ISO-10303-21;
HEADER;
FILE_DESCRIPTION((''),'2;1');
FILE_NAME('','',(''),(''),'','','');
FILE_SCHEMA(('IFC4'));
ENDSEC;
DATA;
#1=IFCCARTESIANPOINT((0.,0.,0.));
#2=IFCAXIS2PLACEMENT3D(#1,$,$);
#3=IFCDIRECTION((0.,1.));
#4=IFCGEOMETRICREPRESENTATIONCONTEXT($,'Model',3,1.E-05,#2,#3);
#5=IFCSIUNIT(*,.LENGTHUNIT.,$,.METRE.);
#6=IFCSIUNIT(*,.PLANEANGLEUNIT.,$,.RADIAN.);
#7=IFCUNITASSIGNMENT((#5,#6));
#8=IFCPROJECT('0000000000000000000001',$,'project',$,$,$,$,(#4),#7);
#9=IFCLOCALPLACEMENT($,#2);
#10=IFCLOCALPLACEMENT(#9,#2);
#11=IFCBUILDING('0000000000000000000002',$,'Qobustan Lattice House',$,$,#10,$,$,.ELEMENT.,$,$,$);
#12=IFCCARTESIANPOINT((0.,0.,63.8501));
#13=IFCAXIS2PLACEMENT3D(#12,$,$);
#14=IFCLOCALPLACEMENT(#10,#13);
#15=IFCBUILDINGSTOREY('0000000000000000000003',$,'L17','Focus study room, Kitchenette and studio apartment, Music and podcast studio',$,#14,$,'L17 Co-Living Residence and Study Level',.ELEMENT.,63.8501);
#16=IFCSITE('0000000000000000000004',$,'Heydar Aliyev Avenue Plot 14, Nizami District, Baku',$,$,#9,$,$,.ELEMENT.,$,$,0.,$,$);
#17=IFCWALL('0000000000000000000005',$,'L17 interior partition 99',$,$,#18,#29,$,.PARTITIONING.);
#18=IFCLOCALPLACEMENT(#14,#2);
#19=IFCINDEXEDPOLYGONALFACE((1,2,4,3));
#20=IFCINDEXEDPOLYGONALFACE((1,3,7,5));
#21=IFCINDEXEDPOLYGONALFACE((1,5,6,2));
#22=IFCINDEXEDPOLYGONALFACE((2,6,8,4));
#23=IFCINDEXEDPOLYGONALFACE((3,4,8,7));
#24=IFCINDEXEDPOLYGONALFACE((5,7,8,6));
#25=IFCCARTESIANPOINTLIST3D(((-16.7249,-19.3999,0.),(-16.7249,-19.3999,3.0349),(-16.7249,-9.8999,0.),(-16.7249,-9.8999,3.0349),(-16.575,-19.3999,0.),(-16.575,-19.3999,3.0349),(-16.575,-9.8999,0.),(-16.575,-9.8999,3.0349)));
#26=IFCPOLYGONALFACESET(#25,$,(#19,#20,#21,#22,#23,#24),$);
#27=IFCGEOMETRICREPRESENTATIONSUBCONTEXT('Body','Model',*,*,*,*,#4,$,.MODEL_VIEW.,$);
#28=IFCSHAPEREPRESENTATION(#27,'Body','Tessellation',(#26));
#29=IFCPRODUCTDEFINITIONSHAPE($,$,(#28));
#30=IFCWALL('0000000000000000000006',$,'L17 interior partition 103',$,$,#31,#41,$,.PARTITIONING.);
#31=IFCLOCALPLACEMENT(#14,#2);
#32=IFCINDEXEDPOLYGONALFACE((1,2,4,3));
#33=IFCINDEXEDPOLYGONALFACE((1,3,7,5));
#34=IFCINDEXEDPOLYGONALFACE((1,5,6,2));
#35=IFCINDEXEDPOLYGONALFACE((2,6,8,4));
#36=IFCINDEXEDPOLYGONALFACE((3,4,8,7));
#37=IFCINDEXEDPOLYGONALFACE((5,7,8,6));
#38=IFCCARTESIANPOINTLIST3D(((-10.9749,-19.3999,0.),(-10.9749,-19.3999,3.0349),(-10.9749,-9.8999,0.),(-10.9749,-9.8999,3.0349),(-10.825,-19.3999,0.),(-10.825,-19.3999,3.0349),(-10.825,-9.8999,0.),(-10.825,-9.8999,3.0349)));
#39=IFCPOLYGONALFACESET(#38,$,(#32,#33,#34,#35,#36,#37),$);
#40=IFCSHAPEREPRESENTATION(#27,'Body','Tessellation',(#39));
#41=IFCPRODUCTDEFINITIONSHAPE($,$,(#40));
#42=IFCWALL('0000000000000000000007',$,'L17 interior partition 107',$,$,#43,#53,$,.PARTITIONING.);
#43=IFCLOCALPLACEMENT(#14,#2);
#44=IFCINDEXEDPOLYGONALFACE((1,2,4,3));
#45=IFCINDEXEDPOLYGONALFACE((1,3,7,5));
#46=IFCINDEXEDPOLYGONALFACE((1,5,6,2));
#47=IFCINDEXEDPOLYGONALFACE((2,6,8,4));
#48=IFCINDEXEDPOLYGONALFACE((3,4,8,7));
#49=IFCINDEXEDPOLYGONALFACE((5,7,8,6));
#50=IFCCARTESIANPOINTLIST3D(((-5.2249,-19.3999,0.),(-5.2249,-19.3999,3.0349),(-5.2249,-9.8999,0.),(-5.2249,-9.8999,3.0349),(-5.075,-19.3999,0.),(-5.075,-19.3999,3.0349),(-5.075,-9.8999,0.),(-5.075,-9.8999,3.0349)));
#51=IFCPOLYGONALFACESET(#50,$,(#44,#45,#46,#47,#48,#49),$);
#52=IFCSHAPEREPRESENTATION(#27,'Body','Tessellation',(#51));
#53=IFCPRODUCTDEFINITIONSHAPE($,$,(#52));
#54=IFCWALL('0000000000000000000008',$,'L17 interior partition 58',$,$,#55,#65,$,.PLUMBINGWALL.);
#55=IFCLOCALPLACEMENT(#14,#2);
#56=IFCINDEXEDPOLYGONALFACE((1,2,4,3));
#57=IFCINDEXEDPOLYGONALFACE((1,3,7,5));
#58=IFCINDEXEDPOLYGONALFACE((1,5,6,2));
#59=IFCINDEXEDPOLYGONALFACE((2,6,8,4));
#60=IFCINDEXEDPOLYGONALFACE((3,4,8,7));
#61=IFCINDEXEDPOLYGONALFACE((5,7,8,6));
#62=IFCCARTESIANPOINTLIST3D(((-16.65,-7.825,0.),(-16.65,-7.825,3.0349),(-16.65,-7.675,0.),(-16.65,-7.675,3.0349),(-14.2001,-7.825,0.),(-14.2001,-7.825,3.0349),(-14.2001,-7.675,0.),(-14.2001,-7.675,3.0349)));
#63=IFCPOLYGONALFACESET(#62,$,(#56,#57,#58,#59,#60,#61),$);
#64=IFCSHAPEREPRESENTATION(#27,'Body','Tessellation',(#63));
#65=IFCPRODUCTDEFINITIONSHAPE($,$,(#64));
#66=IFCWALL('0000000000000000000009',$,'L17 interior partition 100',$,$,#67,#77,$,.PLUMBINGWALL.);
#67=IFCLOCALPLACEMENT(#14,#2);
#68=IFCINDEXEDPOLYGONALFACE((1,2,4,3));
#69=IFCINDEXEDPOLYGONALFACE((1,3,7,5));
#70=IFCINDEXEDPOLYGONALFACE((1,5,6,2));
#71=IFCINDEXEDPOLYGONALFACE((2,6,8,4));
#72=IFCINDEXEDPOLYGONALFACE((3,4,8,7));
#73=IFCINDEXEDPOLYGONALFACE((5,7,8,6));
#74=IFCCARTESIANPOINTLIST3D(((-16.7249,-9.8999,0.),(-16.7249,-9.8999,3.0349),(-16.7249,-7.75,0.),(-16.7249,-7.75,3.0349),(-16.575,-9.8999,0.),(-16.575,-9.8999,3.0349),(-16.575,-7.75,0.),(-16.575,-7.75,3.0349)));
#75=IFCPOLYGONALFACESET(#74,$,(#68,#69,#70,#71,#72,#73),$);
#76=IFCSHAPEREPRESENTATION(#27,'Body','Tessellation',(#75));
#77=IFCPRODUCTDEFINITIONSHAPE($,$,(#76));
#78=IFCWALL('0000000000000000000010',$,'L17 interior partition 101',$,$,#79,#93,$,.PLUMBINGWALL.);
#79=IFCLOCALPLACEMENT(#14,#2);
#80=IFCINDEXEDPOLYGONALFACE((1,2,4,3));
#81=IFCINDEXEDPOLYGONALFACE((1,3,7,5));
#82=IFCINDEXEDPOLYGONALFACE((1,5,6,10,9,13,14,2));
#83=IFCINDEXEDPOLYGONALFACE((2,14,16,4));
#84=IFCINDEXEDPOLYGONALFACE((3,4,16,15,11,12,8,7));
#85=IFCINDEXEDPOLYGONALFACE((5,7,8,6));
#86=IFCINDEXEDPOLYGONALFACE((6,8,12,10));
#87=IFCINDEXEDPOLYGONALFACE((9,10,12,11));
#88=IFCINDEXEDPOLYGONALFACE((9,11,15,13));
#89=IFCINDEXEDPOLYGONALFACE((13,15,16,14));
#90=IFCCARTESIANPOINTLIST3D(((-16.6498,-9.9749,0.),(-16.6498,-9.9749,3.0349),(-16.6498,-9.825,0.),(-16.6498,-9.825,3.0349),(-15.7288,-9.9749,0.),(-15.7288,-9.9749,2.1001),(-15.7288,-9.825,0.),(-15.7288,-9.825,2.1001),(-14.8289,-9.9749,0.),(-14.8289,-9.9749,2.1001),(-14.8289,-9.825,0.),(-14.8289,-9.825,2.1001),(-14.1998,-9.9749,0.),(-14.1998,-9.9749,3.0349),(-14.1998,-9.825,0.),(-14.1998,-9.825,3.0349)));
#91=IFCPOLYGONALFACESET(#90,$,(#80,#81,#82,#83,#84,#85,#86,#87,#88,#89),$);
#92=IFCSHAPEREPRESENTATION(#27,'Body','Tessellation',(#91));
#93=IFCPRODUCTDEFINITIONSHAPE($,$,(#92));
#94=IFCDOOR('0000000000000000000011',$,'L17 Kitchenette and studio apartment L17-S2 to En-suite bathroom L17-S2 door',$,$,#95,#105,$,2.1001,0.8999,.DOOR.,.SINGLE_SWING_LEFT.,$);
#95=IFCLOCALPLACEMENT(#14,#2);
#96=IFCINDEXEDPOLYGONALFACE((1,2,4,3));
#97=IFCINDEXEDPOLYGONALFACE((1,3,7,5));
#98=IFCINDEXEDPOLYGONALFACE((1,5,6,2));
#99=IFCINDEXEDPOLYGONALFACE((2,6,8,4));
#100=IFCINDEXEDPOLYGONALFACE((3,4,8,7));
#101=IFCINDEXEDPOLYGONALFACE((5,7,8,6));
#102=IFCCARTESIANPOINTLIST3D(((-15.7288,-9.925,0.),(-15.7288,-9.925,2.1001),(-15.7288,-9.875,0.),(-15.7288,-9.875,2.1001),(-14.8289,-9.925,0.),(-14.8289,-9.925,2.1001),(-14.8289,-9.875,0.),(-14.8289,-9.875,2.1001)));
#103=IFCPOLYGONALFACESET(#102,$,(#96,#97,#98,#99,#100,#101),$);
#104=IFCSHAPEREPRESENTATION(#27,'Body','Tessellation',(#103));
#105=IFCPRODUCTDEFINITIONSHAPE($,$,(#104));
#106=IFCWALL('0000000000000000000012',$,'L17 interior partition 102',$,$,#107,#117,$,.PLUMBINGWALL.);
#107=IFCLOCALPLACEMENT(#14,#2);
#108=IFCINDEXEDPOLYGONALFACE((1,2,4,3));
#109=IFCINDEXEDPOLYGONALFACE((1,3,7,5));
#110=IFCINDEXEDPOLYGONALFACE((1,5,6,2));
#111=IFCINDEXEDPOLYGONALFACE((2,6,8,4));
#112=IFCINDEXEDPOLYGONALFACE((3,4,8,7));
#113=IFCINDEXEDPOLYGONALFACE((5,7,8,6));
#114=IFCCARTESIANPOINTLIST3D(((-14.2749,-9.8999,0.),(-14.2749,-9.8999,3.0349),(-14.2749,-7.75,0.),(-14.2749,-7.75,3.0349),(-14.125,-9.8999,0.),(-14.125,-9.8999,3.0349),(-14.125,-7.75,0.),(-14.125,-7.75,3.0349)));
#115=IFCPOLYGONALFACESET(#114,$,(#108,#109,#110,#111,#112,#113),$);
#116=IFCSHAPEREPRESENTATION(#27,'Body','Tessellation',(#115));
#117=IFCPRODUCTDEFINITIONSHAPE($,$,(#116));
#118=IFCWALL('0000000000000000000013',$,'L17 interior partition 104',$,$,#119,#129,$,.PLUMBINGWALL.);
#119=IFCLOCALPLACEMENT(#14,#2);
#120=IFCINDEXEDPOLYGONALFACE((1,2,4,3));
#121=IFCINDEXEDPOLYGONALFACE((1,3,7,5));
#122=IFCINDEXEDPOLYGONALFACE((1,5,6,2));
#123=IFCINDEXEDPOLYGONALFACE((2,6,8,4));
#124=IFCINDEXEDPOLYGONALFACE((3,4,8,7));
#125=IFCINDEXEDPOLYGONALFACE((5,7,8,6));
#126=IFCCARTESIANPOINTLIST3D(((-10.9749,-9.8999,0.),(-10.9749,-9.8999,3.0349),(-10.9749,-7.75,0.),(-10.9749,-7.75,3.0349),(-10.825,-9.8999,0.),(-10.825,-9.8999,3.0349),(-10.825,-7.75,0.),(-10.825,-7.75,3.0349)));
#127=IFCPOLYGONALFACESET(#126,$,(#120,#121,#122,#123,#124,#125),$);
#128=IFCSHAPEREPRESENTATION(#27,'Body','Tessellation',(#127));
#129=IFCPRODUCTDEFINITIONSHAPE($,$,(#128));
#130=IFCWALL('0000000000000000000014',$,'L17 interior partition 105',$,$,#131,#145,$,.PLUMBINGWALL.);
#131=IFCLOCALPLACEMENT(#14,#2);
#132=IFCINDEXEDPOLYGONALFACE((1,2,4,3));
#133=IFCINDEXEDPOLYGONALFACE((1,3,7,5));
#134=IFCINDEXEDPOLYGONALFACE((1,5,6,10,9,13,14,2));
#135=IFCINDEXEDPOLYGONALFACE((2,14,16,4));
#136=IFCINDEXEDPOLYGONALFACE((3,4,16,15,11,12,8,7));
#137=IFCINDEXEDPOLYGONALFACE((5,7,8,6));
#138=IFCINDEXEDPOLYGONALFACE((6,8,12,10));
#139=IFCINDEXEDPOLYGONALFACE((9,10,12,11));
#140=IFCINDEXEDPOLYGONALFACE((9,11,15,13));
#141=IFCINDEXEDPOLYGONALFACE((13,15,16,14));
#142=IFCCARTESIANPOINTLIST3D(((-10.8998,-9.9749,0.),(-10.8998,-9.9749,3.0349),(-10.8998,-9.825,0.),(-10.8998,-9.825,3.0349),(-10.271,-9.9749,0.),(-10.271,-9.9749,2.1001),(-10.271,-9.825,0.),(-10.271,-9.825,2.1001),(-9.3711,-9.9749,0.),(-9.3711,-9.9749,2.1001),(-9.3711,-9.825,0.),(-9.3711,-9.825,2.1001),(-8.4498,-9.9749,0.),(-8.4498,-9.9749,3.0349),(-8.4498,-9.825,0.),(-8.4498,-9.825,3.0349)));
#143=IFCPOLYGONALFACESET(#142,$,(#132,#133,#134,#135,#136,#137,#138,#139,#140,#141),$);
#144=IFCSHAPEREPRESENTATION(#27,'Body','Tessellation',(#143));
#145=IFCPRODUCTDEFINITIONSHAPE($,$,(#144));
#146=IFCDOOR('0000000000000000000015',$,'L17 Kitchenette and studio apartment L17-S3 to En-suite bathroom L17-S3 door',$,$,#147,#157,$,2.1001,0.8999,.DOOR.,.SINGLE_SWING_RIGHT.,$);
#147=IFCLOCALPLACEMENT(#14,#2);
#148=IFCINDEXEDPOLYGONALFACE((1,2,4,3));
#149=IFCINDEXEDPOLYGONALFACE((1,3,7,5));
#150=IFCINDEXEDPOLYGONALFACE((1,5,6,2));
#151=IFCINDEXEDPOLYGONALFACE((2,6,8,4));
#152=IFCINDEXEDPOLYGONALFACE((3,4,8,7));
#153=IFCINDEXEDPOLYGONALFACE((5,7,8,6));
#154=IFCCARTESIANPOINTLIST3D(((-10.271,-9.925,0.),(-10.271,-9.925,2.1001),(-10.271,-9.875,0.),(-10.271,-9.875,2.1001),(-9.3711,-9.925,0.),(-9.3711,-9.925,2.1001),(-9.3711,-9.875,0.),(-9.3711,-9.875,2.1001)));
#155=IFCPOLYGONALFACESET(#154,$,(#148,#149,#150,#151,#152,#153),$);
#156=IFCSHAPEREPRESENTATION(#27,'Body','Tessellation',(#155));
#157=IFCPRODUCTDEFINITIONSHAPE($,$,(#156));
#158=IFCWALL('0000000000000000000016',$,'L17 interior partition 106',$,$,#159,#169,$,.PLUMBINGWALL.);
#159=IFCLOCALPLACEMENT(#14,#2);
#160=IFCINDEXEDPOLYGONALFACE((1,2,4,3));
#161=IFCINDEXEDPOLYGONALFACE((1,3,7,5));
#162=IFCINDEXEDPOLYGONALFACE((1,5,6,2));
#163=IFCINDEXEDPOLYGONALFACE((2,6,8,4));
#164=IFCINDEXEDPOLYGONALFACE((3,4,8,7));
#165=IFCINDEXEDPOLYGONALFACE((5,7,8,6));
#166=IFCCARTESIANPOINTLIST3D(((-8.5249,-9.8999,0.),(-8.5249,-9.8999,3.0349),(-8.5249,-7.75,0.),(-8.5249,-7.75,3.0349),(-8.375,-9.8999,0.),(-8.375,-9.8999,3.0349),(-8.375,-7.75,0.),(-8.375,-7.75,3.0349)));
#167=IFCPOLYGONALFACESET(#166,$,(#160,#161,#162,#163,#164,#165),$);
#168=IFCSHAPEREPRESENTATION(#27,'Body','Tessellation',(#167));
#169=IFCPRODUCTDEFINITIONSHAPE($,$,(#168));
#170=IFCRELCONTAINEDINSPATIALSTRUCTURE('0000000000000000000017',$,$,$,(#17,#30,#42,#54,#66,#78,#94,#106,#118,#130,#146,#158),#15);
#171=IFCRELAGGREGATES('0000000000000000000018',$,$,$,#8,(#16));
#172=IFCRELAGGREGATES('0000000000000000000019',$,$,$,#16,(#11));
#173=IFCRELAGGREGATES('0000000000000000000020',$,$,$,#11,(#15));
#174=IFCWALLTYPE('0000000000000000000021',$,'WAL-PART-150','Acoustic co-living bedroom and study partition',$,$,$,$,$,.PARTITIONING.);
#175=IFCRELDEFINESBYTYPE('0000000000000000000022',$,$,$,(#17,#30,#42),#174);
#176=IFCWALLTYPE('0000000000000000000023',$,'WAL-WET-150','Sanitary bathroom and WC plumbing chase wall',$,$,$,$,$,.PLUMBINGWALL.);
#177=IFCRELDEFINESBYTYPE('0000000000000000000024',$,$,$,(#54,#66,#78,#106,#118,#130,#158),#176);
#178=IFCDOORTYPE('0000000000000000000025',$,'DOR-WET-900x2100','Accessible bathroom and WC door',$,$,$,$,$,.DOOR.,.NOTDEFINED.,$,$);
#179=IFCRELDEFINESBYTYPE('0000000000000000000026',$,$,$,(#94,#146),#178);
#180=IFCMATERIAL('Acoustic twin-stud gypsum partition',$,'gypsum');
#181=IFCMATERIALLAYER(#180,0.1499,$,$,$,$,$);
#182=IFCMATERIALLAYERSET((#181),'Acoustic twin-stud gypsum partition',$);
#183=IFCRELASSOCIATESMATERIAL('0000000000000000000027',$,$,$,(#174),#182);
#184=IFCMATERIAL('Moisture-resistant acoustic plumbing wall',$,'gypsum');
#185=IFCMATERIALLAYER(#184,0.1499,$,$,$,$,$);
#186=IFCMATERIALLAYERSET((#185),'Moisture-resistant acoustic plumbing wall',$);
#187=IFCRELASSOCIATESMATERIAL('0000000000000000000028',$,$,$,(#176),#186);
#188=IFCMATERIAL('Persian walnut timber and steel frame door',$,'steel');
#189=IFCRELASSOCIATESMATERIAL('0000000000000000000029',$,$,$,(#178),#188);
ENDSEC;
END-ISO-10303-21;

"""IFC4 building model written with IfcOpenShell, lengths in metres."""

from ifc_helpers import new_model, si_unit, direction, frame, frame_2d, origin, place, context, subcontext, project, spatial, rectangle, extrude, material, layer, layer_set, type_object, element, fill, save


model = new_model("IFC4")

# Units and contexts
model_context = context("Model", 3, precision=1e-05, world=origin(), true_north=direction((0.0, 1.0)))
body_context = subcontext(model_context, "Body", "Model", "MODEL_VIEW")
ifc_project = project(units=[si_unit("LENGTHUNIT", "METRE"), si_unit("PLANEANGLEUNIT", "RADIAN")], contexts=[model_context])

# Site, building, storey
site_placement = place(None, origin())
site = spatial("IfcSite", under=ifc_project, at=site_placement, Name="Heydar Aliyev Avenue Plot 14, Nizami District, Baku", CompositionType="ELEMENT", RefElevation=0.0)
building_placement = place(site_placement, origin())
building = spatial("IfcBuilding", under=site, at=building_placement, Name="Qobustan Lattice House", CompositionType="ELEMENT")
storey_placement = place(building_placement, frame((0.0, 0.0, 63.8501)))
storey = spatial("IfcBuildingStorey", under=building, at=storey_placement, Name="L17", Description="Focus study room, Kitchenette and studio apartment, Music and podcast studio", LongName="L17 Co-Living Residence and Study Level", CompositionType="ELEMENT", Elevation=63.8501)

# Shared definitions
ifc_material_1 = material(Name="Acoustic twin-stud gypsum partition", Category="gypsum")
ifc_layer_1 = layer(ifc_material_1, 0.1499)
ifc_layer_set_1 = layer_set([ifc_layer_1], Name="Acoustic twin-stud gypsum partition")
wall_type_1 = type_object("IfcWallType", Name="WAL-PART-150", Description="Acoustic co-living bedroom and study partition", PredefinedType="PARTITIONING", material=ifc_layer_set_1)

# Walls
for number, where, z_axis, x_axis, name in (
    (1, (-16.6499, -9.8999, 0.0), (0.0, 0.0, 1.0), (0.0, -1.0, 0.0), "L17 interior partition 99"),
    (2, (-10.8999, -9.8999, 0.0), (0.0, 0.0, 1.0), (0.0, -1.0, 0.0), "L17 interior partition 103"),
    (3, (-5.1499, -9.8999, 0.0), (0.0, 0.0, 1.0), (0.0, -1.0, 0.0), "L17 interior partition 107"),
):
    element("IfcWall", number, at=place(storey_placement, frame(where, z_axis=z_axis, x_axis=x_axis)), inside=storey, type_object=wall_type_1, Name=name, PredefinedType="PARTITIONING", context=body_context, shape_type="SweptSolid", body=[
        extrude(rectangle(XDim=9.5, YDim=0.1499, at=frame_2d((4.75, 0.0))), origin(), (0.0, 0.0, 1.0), 3.0349),
    ])
ifc_material_2 = material(Name="Moisture-resistant acoustic plumbing wall", Category="gypsum")
ifc_layer_2 = layer(ifc_material_2, 0.1499)
ifc_layer_set_2 = layer_set([ifc_layer_2], Name="Moisture-resistant acoustic plumbing wall")
wall_type_2 = type_object("IfcWallType", Name="WAL-WET-150", Description="Sanitary bathroom and WC plumbing chase wall", PredefinedType="PLUMBINGWALL", material=ifc_layer_set_2)
wall_1_placement = place(storey_placement, frame((-14.2, -7.75, 0.0), z_axis=(0.0, 0.0, 1.0), x_axis=(-1.0, 0.0, 0.0)))
element("IfcWall", 4, at=wall_1_placement, inside=storey, type_object=wall_type_2, Name="L17 interior partition 58", PredefinedType="PLUMBINGWALL", context=body_context, shape_type="SweptSolid", body=[
    extrude(rectangle(XDim=2.45, YDim=0.1499, at=frame_2d((1.2251, 0.0))), origin(), (0.0, 0.0, 1.0), 3.0349),
])
wall_2_placement = place(storey_placement, frame((-16.6499, -7.75, 0.0), z_axis=(0.0, 0.0, 1.0), x_axis=(0.0, -1.0, 0.0)))
element("IfcWall", 5, at=wall_2_placement, inside=storey, type_object=wall_type_2, Name="L17 interior partition 100", PredefinedType="PLUMBINGWALL", context=body_context, shape_type="SweptSolid", body=[
    extrude(rectangle(XDim=2.1499, YDim=0.1499, at=frame_2d((1.075, 0.0))), origin(), (0.0, 0.0, 1.0), 3.0349),
])

# Wall, opening, door
wall_3_placement = place(storey_placement, frame((-16.6499, -9.8999, 0.0), z_axis=(0.0, 0.0, 1.0), x_axis=(1.0, 0.0, 0.0)))
wall_3 = element("IfcWall", 6, at=wall_3_placement, inside=storey, type_object=wall_type_2, Name="L17 interior partition 101", PredefinedType="PLUMBINGWALL", context=body_context, shape_type="SweptSolid", body=[
    extrude(rectangle(XDim=2.45, YDim=0.1499, at=frame_2d((1.2251, 0.0))), origin(), (0.0, 0.0, 1.0), 3.0349),
])
opening_1_placement = place(wall_3_placement, frame((0.9211, 0.0, 0.0)))
opening_1 = element("IfcOpeningElement", 7, at=opening_1_placement, cuts=wall_3, PredefinedType="OPENING", context=body_context, shape_type="SweptSolid", body=[
    extrude(rectangle(XDim=0.8999, YDim=2.1001, at=frame_2d((0.45, 1.05))), frame((0.0, 0.085, 0.0), z_axis=(0.0, -1.0, 0.0), x_axis=(1.0, 0.0, 0.0)), (0.0, 0.0, 1.0), 0.1699),
])
ifc_material_3 = material(Name="Persian walnut timber and steel frame door", Category="steel")
door_type_1 = type_object("IfcDoorType", Name="DOR-WET-900x2100", Description="Accessible bathroom and WC door", OperationType="NOTDEFINED", PredefinedType="DOOR", material=ifc_material_3)
door_1_placement = place(opening_1_placement, origin())
door_1 = element("IfcDoor", 8, at=door_1_placement, inside=storey, type_object=door_type_1, Name="L17 Kitchenette and studio apartment L17-S2 to En-suite bathroom L17-S2 door", OperationType="SINGLE_SWING_LEFT", OverallHeight=2.1001, OverallWidth=0.8999, PredefinedType="DOOR", context=body_context, shape_type="SweptSolid", body=[
    extrude(rectangle(XDim=0.8999, YDim=2.1001, at=frame_2d((0.45, 1.05))), frame((0.0, 0.0249, 0.0), z_axis=(0.0, -1.0, 0.0), x_axis=(1.0, 0.0, 0.0)), (0.0, 0.0, 1.0), 0.05),
])
fill(opening_1, door_1)

# Walls
for number, where, z_axis, x_axis, name in (
    (9, (-14.2, -9.8999, 0.0), (0.0, 0.0, 1.0), (0.0, 1.0, 0.0), "L17 interior partition 102"),
    (10, (-10.8999, -7.75, 0.0), (0.0, 0.0, 1.0), (0.0, -1.0, 0.0), "L17 interior partition 104"),
):
    element("IfcWall", number, at=place(storey_placement, frame(where, z_axis=z_axis, x_axis=x_axis)), inside=storey, type_object=wall_type_2, Name=name, PredefinedType="PLUMBINGWALL", context=body_context, shape_type="SweptSolid", body=[
        extrude(rectangle(XDim=2.1499, YDim=0.1499, at=frame_2d((1.075, 0.0))), origin(), (0.0, 0.0, 1.0), 3.0349),
    ])

# Wall, opening, door
wall_4_placement = place(storey_placement, frame((-10.8999, -9.8999, 0.0), z_axis=(0.0, 0.0, 1.0), x_axis=(1.0, 0.0, 0.0)))
wall_4 = element("IfcWall", 11, at=wall_4_placement, inside=storey, type_object=wall_type_2, Name="L17 interior partition 105", PredefinedType="PLUMBINGWALL", context=body_context, shape_type="SweptSolid", body=[
    extrude(rectangle(XDim=2.45, YDim=0.1499, at=frame_2d((1.2251, 0.0))), origin(), (0.0, 0.0, 1.0), 3.0349),
])
opening_2_placement = place(wall_4_placement, frame((0.6289, 0.0, 0.0)))
opening_2 = element("IfcOpeningElement", 12, at=opening_2_placement, cuts=wall_4, PredefinedType="OPENING", context=body_context, shape_type="SweptSolid", body=[
    extrude(rectangle(XDim=0.8999, YDim=2.1001, at=frame_2d((0.45, 1.05))), frame((0.0, 0.085, 0.0), z_axis=(0.0, -1.0, 0.0), x_axis=(1.0, 0.0, 0.0)), (0.0, 0.0, 1.0), 0.1699),
])
door_2_placement = place(opening_2_placement, origin())
door_2 = element("IfcDoor", 13, at=door_2_placement, inside=storey, type_object=door_type_1, Name="L17 Kitchenette and studio apartment L17-S3 to En-suite bathroom L17-S3 door", OperationType="SINGLE_SWING_RIGHT", OverallHeight=2.1001, OverallWidth=0.8999, PredefinedType="DOOR", context=body_context, shape_type="SweptSolid", body=[
    extrude(rectangle(XDim=0.8999, YDim=2.1001, at=frame_2d((0.45, 1.05))), frame((0.0, 0.0249, 0.0), z_axis=(0.0, -1.0, 0.0), x_axis=(1.0, 0.0, 0.0)), (0.0, 0.0, 1.0), 0.05),
])
fill(opening_2, door_2)

# Wall
wall_5_placement = place(storey_placement, frame((-8.45, -9.8999, 0.0), z_axis=(0.0, 0.0, 1.0), x_axis=(0.0, 1.0, 0.0)))
element("IfcWall", 14, at=wall_5_placement, inside=storey, type_object=wall_type_2, Name="L17 interior partition 106", PredefinedType="PLUMBINGWALL", context=body_context, shape_type="SweptSolid", body=[
    extrude(rectangle(XDim=2.1499, YDim=0.1499, at=frame_2d((1.075, 0.0))), origin(), (0.0, 0.0, 1.0), 3.0349),
])

save(model, "model.ifc")
